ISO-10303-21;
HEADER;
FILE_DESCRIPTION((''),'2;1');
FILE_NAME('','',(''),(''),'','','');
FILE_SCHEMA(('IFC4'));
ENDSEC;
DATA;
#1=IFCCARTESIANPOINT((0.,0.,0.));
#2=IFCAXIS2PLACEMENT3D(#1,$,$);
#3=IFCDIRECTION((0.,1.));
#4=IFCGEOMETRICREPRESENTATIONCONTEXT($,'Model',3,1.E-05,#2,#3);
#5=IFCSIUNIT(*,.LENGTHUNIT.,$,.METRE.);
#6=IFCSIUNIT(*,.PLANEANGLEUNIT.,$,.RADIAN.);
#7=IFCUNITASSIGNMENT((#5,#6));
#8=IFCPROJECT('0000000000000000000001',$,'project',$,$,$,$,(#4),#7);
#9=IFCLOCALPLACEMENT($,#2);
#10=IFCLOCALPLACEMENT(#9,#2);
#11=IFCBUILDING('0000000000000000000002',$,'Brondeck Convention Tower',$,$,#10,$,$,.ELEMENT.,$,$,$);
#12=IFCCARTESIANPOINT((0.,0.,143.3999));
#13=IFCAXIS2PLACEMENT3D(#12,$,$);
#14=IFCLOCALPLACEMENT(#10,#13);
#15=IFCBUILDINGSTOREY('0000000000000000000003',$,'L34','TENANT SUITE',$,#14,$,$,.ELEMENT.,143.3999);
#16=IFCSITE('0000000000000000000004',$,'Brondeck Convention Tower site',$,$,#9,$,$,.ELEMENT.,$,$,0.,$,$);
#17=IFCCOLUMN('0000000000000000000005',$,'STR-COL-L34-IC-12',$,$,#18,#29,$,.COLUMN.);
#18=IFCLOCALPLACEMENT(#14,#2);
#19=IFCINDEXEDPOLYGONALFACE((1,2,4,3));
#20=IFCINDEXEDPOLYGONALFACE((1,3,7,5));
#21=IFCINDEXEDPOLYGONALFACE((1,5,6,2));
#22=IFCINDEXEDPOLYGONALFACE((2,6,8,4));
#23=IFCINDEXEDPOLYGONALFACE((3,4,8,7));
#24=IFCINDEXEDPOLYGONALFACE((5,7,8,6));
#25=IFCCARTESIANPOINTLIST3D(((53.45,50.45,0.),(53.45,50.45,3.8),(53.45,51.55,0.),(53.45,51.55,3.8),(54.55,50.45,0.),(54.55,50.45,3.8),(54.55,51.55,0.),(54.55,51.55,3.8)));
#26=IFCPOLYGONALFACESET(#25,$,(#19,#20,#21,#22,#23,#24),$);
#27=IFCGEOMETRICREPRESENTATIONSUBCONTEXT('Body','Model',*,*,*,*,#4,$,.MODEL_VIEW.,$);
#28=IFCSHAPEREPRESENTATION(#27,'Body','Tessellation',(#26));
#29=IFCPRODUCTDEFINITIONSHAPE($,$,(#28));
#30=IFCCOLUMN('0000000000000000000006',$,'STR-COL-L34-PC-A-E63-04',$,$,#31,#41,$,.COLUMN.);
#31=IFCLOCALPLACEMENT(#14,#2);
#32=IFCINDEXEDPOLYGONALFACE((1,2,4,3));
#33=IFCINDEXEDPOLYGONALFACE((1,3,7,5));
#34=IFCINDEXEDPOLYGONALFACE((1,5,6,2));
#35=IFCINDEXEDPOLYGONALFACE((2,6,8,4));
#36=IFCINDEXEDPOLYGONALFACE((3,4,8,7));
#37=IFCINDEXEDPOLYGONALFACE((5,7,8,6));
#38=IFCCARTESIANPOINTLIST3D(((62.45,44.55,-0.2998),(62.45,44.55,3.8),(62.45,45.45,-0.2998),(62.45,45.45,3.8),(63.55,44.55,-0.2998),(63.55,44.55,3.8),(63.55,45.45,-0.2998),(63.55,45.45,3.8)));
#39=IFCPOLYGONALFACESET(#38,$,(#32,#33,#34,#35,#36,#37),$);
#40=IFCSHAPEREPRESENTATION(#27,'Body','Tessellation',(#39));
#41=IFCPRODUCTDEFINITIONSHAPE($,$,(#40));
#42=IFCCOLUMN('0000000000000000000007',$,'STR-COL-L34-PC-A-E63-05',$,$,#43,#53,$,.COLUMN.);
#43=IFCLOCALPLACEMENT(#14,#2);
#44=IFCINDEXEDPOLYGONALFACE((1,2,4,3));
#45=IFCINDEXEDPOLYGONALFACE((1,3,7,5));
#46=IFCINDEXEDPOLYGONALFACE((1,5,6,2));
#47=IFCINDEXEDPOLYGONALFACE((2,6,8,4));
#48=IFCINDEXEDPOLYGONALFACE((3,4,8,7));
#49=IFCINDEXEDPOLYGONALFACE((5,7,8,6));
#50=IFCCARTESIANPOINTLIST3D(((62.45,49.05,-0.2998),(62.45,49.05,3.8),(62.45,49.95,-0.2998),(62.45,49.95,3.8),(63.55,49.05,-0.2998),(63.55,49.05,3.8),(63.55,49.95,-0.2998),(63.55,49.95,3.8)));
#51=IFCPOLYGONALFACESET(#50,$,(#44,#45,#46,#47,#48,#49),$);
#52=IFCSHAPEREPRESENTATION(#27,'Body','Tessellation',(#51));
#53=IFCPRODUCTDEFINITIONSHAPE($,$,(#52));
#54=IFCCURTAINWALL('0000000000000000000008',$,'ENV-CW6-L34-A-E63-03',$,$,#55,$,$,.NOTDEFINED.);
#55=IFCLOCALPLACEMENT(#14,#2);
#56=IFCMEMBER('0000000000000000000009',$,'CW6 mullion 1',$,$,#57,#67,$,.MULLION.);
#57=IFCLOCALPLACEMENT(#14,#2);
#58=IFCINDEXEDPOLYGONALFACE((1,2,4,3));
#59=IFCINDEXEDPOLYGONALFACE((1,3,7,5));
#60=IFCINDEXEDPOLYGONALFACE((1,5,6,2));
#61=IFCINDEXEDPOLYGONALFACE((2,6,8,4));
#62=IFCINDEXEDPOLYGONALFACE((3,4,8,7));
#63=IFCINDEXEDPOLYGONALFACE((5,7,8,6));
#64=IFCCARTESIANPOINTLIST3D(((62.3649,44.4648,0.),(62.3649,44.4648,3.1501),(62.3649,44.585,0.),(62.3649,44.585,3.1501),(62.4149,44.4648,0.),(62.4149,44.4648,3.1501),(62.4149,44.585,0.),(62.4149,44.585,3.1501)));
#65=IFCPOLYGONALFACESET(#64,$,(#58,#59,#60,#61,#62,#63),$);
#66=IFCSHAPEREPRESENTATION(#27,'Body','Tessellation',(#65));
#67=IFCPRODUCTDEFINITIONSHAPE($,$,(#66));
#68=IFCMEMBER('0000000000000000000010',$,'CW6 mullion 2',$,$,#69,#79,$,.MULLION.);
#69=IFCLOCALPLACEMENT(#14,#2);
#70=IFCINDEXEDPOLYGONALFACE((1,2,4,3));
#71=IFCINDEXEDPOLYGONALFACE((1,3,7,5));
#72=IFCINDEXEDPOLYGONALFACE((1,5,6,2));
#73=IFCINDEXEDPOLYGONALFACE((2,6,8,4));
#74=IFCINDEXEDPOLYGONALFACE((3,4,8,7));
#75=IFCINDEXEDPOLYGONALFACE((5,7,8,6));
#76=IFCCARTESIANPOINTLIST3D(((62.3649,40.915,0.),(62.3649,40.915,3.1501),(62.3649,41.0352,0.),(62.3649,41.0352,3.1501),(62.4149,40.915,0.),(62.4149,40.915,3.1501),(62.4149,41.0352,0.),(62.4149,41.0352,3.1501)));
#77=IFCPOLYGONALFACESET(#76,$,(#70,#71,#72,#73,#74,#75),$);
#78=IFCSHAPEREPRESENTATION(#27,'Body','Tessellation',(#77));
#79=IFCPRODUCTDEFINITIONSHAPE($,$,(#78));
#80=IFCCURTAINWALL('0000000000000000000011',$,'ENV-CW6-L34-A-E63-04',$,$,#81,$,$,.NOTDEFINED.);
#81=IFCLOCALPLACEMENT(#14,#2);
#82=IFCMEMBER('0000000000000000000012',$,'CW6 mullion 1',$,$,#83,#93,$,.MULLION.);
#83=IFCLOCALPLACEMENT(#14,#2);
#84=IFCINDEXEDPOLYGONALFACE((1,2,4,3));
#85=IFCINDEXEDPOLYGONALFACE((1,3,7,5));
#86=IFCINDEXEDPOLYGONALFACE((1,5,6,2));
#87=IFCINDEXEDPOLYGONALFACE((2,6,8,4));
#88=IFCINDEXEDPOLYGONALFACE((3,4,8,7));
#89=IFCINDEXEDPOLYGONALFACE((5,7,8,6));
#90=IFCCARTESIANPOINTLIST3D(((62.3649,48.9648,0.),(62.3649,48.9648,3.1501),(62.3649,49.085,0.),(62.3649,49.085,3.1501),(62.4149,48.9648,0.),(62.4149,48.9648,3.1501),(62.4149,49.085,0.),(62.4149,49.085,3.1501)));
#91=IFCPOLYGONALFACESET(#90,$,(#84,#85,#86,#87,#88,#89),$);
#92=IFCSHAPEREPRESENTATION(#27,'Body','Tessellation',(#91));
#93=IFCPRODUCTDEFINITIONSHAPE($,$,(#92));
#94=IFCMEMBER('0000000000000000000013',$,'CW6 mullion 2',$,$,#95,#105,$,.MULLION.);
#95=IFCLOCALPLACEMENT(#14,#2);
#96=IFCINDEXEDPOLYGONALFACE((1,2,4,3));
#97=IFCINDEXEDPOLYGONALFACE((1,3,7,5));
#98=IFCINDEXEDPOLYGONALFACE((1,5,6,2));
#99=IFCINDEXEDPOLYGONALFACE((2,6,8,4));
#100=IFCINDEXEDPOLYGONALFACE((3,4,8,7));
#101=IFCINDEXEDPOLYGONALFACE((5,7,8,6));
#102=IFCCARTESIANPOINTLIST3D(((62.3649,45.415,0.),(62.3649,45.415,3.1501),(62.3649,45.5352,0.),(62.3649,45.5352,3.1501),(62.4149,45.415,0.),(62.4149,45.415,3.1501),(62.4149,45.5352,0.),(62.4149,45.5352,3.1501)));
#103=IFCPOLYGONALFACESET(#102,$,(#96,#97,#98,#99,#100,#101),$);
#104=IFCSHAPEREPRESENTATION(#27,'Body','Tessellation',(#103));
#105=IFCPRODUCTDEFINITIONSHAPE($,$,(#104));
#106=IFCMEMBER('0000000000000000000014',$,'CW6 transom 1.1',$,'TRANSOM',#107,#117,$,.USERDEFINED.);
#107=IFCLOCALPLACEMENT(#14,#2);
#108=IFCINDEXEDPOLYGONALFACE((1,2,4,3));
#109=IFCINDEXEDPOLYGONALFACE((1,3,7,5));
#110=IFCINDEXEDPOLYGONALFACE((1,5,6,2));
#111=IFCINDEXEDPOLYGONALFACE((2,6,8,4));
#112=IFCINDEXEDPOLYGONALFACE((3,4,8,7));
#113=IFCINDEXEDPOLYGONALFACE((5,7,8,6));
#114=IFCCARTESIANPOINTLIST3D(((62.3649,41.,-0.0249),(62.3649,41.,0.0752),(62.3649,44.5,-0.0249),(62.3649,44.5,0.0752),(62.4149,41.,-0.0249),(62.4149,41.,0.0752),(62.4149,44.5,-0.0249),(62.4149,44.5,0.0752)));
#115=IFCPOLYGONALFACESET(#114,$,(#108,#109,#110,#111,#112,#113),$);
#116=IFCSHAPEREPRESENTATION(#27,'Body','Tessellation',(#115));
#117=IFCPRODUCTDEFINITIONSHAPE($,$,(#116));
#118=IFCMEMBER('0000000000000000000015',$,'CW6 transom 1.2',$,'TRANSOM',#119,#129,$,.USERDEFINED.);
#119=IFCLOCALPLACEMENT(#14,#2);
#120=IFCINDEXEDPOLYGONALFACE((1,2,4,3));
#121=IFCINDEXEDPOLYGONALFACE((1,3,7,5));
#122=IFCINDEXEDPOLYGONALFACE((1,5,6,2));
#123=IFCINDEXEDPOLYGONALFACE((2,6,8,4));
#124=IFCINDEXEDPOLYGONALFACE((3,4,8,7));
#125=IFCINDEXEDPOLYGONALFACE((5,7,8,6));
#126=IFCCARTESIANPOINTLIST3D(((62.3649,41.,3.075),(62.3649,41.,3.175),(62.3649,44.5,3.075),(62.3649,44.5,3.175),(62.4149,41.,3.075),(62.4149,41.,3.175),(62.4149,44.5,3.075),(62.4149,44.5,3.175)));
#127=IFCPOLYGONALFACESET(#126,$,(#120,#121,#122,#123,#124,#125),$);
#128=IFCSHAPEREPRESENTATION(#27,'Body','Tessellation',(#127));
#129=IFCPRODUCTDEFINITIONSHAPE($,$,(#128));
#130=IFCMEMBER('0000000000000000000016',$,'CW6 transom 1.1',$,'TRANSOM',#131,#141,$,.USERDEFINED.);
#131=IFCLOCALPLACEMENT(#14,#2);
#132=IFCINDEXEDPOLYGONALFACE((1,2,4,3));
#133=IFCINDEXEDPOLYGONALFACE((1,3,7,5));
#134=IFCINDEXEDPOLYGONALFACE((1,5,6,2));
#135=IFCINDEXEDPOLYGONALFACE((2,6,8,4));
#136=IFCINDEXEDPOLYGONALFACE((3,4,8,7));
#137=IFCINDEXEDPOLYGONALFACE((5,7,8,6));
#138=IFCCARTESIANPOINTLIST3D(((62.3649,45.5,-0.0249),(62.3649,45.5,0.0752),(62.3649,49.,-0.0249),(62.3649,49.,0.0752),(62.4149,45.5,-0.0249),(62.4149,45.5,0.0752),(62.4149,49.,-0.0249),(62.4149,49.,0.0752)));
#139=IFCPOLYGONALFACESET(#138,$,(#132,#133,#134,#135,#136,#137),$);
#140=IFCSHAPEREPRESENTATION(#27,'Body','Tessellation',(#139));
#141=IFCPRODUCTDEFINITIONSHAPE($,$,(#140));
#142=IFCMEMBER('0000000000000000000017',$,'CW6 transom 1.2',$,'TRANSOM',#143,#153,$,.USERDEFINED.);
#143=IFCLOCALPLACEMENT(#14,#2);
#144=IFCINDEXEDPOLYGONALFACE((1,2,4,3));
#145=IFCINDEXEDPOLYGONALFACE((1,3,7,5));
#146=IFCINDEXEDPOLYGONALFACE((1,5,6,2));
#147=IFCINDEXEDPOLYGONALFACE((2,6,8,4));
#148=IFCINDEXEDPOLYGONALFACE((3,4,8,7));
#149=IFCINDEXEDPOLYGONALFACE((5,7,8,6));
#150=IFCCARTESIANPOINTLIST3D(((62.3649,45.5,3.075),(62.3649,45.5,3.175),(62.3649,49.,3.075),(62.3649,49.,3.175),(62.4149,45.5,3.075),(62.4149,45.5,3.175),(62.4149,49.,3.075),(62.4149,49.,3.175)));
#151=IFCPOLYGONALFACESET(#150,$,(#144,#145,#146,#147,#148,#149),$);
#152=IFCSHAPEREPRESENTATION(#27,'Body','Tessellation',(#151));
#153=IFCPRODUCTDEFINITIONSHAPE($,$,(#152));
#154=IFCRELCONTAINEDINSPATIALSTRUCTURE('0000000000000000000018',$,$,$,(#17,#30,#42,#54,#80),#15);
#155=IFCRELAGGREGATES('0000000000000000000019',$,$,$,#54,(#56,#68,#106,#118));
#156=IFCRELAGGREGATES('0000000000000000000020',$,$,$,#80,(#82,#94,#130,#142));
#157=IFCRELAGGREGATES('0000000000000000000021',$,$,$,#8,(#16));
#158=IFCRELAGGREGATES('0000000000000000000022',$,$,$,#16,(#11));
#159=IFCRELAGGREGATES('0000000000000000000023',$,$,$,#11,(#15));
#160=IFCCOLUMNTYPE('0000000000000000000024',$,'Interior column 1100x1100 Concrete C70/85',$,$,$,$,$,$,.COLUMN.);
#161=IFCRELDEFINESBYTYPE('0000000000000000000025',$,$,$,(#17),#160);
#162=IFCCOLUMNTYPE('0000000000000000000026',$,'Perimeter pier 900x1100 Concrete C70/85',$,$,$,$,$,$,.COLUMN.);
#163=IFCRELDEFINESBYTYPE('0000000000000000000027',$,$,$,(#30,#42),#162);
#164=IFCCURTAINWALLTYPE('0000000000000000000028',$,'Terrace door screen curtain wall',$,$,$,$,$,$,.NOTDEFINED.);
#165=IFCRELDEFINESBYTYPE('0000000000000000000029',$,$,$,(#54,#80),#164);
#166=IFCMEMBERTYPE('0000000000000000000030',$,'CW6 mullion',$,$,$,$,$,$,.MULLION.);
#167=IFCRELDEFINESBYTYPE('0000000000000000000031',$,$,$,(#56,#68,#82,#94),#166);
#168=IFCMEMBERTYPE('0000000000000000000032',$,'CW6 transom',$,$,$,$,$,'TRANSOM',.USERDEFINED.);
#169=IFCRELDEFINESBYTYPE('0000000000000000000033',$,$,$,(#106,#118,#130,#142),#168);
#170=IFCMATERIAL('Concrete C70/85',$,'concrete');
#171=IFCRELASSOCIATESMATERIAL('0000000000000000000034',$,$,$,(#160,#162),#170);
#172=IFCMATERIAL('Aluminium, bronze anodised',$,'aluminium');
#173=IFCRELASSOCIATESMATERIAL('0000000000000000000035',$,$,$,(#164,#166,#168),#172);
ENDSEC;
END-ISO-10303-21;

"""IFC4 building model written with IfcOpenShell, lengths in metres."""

from ifc_helpers import new_model, si_unit, direction, frame, origin, origin_2d, place, context, subcontext, project, spatial, rectangle, extrude, material, material_profile, profile_set, type_object, element, aggregate, save


model = new_model("IFC4")

# Units and contexts
model_context = context("Model", 3, precision=1e-05, world=origin(), true_north=direction((0.0, 1.0)))
body_context = subcontext(model_context, "Body", "Model", "MODEL_VIEW")
ifc_project = project(units=[si_unit("LENGTHUNIT", "METRE"), si_unit("PLANEANGLEUNIT", "RADIAN")], contexts=[model_context])

# Site, building, storey
site_placement = place(None, origin())
site = spatial("IfcSite", under=ifc_project, at=site_placement, Name="Brondeck Convention Tower site", CompositionType="ELEMENT", RefElevation=0.0)
building_placement = place(site_placement, origin())
building = spatial("IfcBuilding", under=site, at=building_placement, Name="Brondeck Convention Tower", CompositionType="ELEMENT")
storey_placement = place(building_placement, frame((0.0, 0.0, 143.3999)))
storey = spatial("IfcBuildingStorey", under=building, at=storey_placement, Name="L34", Description="TENANT SUITE", CompositionType="ELEMENT", Elevation=143.3999)

# Columns
ifc_material_1 = material(Name="Concrete C70/85", Category="concrete")
ifc_material_profile_1 = material_profile(ifc_material_1, rectangle(XDim=1.1001, YDim=1.1001, at=origin_2d()), Name="Interior column 1100x1100 Concrete C70/85")
ifc_profile_set_1 = profile_set([ifc_material_profile_1], Name="Concrete C70/85")
column_type_1 = type_object("IfcColumnType", Name="Interior column 1100x1100 Concrete C70/85", PredefinedType="COLUMN", material=ifc_profile_set_1)
column_placement = place(storey_placement, frame((54.0, 51.0, 0.0), z_axis=(0.0, 0.0, 1.0), x_axis=(1.0, 0.0, 0.0)))
element("IfcColumn", 1, at=column_placement, inside=storey, type_object=column_type_1, Name="STR-COL-L34-IC-12", PredefinedType="COLUMN", context=body_context, shape_type="SweptSolid", body=[
    extrude(rectangle(XDim=1.1001, YDim=1.1001, at=origin_2d()), origin(), (0.0, 0.0, 1.0), 3.8),
])
ifc_material_profile_2 = material_profile(ifc_material_1, rectangle(XDim=0.8999, YDim=1.1001, at=origin_2d()), Name="Perimeter pier 900x1100 Concrete C70/85")
ifc_profile_set_2 = profile_set([ifc_material_profile_2], Name="Concrete C70/85")
column_type_2 = type_object("IfcColumnType", Name="Perimeter pier 900x1100 Concrete C70/85", PredefinedType="COLUMN", material=ifc_profile_set_2)
for number, where, z_axis, x_axis, name in (
    (2, (63.0, 45.0, -0.2998), (0.0, 0.0, 1.0), (0.0, 1.0, 0.0), "STR-COL-L34-PC-A-E63-04"),
    (3, (63.0, 49.5, -0.2998), (0.0, 0.0, 1.0), (0.0, 1.0, 0.0), "STR-COL-L34-PC-A-E63-05"),
):
    element("IfcColumn", number, at=place(storey_placement, frame(where, z_axis=z_axis, x_axis=x_axis)), inside=storey, type_object=column_type_2, Name=name, PredefinedType="COLUMN", context=body_context, shape_type="SweptSolid", body=[
        extrude(rectangle(XDim=0.8999, YDim=1.1001, at=origin_2d()), origin(), (0.0, 0.0, 1.0), 4.0999),
    ])

# Curtain walls, members
ifc_material_2 = material(Name="Aluminium, bronze anodised", Category="aluminium")
curtain_wall_type = type_object("IfcCurtainWallType", Name="Terrace door screen curtain wall", PredefinedType="NOTDEFINED", material=ifc_material_2)
curtain_wall_1_placement = place(storey_placement, origin())
curtain_wall_1 = element("IfcCurtainWall", 4, at=curtain_wall_1_placement, inside=storey, type_object=curtain_wall_type, Name="ENV-CW6-L34-A-E63-03", PredefinedType="NOTDEFINED")
ifc_material_profile_3 = material_profile(ifc_material_2, rectangle(XDim=0.05, YDim=0.1201, at=origin_2d()), Name="CW6 mullion")
ifc_profile_set_3 = profile_set([ifc_material_profile_3], Name="Aluminium, bronze anodised")
member_type_1 = type_object("IfcMemberType", Name="CW6 mullion", PredefinedType="MULLION", material=ifc_profile_set_3)
member_1_placement = place(storey_placement, frame((62.3899, 44.5249, 0.0), z_axis=(0.0, 0.0, 1.0), x_axis=(1.0, 0.0, 0.0)))
member_1 = element("IfcMember", 5, at=member_1_placement, type_object=member_type_1, Name="CW6 mullion 1", PredefinedType="MULLION", context=body_context, shape_type="SweptSolid", body=[
    extrude(rectangle(XDim=0.05, YDim=0.1201, at=origin_2d()), origin(), (0.0, 0.0, 1.0), 3.1501),
])
member_2_placement = place(storey_placement, frame((62.3899, 40.9751, 0.0), z_axis=(0.0, 0.0, 1.0), x_axis=(1.0, 0.0, 0.0)))
member_2 = element("IfcMember", 6, at=member_2_placement, type_object=member_type_1, Name="CW6 mullion 2", PredefinedType="MULLION", context=body_context, shape_type="SweptSolid", body=[
    extrude(rectangle(XDim=0.05, YDim=0.1201, at=origin_2d()), origin(), (0.0, 0.0, 1.0), 3.1501),
])
curtain_wall_2_placement = place(storey_placement, origin())
curtain_wall_2 = element("IfcCurtainWall", 7, at=curtain_wall_2_placement, inside=storey, type_object=curtain_wall_type, Name="ENV-CW6-L34-A-E63-04", PredefinedType="NOTDEFINED")
member_3_placement = place(storey_placement, frame((62.3899, 49.0249, 0.0), z_axis=(0.0, 0.0, 1.0), x_axis=(1.0, 0.0, 0.0)))
member_3 = element("IfcMember", 8, at=member_3_placement, type_object=member_type_1, Name="CW6 mullion 1", PredefinedType="MULLION", context=body_context, shape_type="SweptSolid", body=[
    extrude(rectangle(XDim=0.05, YDim=0.1201, at=origin_2d()), origin(), (0.0, 0.0, 1.0), 3.1501),
])
member_4_placement = place(storey_placement, frame((62.3899, 45.4751, 0.0), z_axis=(0.0, 0.0, 1.0), x_axis=(1.0, 0.0, 0.0)))
member_4 = element("IfcMember", 9, at=member_4_placement, type_object=member_type_1, Name="CW6 mullion 2", PredefinedType="MULLION", context=body_context, shape_type="SweptSolid", body=[
    extrude(rectangle(XDim=0.05, YDim=0.1201, at=origin_2d()), origin(), (0.0, 0.0, 1.0), 3.1501),
])

# Members
ifc_material_profile_4 = material_profile(ifc_material_2, rectangle(XDim=0.05, YDim=0.1001, at=origin_2d()), Name="CW6 transom")
ifc_profile_set_4 = profile_set([ifc_material_profile_4], Name="Aluminium, bronze anodised")
member_type_2 = type_object("IfcMemberType", Name="CW6 transom", ElementType="TRANSOM", PredefinedType="USERDEFINED", material=ifc_profile_set_4)
member_5_placement = place(storey_placement, frame((62.3899, 44.5, 0.0251), z_axis=(0.0, -1.0, 0.0), x_axis=(1.0, 0.0, 0.0)))
member_5 = element("IfcMember", 10, at=member_5_placement, type_object=member_type_2, Name="CW6 transom 1.1", ObjectType="TRANSOM", PredefinedType="USERDEFINED", context=body_context, shape_type="SweptSolid", body=[
    extrude(rectangle(XDim=0.05, YDim=0.1001, at=origin_2d()), origin(), (0.0, 0.0, 1.0), 3.5),
])
member_6_placement = place(storey_placement, frame((62.3899, 44.5, 3.125), z_axis=(0.0, -1.0, 0.0), x_axis=(1.0, 0.0, 0.0)))
member_6 = element("IfcMember", 11, at=member_6_placement, type_object=member_type_2, Name="CW6 transom 1.2", ObjectType="TRANSOM", PredefinedType="USERDEFINED", context=body_context, shape_type="SweptSolid", body=[
    extrude(rectangle(XDim=0.05, YDim=0.1001, at=origin_2d()), origin(), (0.0, 0.0, 1.0), 3.5),
])
member_7_placement = place(storey_placement, frame((62.3899, 49.0, 0.0251), z_axis=(0.0, -1.0, 0.0), x_axis=(1.0, 0.0, 0.0)))
member_7 = element("IfcMember", 12, at=member_7_placement, type_object=member_type_2, Name="CW6 transom 1.1", ObjectType="TRANSOM", PredefinedType="USERDEFINED", context=body_context, shape_type="SweptSolid", body=[
    extrude(rectangle(XDim=0.05, YDim=0.1001, at=origin_2d()), origin(), (0.0, 0.0, 1.0), 3.5),
])
member_8_placement = place(storey_placement, frame((62.3899, 49.0, 3.125), z_axis=(0.0, -1.0, 0.0), x_axis=(1.0, 0.0, 0.0)))
member_8 = element("IfcMember", 13, at=member_8_placement, type_object=member_type_2, Name="CW6 transom 1.2", ObjectType="TRANSOM", PredefinedType="USERDEFINED", context=body_context, shape_type="SweptSolid", body=[
    extrude(rectangle(XDim=0.05, YDim=0.1001, at=origin_2d()), origin(), (0.0, 0.0, 1.0), 3.5),
])

aggregate(curtain_wall_1, [member_1, member_2, member_5, member_6])
aggregate(curtain_wall_2, [member_3, member_4, member_7, member_8])

save(model, "model.ifc")
